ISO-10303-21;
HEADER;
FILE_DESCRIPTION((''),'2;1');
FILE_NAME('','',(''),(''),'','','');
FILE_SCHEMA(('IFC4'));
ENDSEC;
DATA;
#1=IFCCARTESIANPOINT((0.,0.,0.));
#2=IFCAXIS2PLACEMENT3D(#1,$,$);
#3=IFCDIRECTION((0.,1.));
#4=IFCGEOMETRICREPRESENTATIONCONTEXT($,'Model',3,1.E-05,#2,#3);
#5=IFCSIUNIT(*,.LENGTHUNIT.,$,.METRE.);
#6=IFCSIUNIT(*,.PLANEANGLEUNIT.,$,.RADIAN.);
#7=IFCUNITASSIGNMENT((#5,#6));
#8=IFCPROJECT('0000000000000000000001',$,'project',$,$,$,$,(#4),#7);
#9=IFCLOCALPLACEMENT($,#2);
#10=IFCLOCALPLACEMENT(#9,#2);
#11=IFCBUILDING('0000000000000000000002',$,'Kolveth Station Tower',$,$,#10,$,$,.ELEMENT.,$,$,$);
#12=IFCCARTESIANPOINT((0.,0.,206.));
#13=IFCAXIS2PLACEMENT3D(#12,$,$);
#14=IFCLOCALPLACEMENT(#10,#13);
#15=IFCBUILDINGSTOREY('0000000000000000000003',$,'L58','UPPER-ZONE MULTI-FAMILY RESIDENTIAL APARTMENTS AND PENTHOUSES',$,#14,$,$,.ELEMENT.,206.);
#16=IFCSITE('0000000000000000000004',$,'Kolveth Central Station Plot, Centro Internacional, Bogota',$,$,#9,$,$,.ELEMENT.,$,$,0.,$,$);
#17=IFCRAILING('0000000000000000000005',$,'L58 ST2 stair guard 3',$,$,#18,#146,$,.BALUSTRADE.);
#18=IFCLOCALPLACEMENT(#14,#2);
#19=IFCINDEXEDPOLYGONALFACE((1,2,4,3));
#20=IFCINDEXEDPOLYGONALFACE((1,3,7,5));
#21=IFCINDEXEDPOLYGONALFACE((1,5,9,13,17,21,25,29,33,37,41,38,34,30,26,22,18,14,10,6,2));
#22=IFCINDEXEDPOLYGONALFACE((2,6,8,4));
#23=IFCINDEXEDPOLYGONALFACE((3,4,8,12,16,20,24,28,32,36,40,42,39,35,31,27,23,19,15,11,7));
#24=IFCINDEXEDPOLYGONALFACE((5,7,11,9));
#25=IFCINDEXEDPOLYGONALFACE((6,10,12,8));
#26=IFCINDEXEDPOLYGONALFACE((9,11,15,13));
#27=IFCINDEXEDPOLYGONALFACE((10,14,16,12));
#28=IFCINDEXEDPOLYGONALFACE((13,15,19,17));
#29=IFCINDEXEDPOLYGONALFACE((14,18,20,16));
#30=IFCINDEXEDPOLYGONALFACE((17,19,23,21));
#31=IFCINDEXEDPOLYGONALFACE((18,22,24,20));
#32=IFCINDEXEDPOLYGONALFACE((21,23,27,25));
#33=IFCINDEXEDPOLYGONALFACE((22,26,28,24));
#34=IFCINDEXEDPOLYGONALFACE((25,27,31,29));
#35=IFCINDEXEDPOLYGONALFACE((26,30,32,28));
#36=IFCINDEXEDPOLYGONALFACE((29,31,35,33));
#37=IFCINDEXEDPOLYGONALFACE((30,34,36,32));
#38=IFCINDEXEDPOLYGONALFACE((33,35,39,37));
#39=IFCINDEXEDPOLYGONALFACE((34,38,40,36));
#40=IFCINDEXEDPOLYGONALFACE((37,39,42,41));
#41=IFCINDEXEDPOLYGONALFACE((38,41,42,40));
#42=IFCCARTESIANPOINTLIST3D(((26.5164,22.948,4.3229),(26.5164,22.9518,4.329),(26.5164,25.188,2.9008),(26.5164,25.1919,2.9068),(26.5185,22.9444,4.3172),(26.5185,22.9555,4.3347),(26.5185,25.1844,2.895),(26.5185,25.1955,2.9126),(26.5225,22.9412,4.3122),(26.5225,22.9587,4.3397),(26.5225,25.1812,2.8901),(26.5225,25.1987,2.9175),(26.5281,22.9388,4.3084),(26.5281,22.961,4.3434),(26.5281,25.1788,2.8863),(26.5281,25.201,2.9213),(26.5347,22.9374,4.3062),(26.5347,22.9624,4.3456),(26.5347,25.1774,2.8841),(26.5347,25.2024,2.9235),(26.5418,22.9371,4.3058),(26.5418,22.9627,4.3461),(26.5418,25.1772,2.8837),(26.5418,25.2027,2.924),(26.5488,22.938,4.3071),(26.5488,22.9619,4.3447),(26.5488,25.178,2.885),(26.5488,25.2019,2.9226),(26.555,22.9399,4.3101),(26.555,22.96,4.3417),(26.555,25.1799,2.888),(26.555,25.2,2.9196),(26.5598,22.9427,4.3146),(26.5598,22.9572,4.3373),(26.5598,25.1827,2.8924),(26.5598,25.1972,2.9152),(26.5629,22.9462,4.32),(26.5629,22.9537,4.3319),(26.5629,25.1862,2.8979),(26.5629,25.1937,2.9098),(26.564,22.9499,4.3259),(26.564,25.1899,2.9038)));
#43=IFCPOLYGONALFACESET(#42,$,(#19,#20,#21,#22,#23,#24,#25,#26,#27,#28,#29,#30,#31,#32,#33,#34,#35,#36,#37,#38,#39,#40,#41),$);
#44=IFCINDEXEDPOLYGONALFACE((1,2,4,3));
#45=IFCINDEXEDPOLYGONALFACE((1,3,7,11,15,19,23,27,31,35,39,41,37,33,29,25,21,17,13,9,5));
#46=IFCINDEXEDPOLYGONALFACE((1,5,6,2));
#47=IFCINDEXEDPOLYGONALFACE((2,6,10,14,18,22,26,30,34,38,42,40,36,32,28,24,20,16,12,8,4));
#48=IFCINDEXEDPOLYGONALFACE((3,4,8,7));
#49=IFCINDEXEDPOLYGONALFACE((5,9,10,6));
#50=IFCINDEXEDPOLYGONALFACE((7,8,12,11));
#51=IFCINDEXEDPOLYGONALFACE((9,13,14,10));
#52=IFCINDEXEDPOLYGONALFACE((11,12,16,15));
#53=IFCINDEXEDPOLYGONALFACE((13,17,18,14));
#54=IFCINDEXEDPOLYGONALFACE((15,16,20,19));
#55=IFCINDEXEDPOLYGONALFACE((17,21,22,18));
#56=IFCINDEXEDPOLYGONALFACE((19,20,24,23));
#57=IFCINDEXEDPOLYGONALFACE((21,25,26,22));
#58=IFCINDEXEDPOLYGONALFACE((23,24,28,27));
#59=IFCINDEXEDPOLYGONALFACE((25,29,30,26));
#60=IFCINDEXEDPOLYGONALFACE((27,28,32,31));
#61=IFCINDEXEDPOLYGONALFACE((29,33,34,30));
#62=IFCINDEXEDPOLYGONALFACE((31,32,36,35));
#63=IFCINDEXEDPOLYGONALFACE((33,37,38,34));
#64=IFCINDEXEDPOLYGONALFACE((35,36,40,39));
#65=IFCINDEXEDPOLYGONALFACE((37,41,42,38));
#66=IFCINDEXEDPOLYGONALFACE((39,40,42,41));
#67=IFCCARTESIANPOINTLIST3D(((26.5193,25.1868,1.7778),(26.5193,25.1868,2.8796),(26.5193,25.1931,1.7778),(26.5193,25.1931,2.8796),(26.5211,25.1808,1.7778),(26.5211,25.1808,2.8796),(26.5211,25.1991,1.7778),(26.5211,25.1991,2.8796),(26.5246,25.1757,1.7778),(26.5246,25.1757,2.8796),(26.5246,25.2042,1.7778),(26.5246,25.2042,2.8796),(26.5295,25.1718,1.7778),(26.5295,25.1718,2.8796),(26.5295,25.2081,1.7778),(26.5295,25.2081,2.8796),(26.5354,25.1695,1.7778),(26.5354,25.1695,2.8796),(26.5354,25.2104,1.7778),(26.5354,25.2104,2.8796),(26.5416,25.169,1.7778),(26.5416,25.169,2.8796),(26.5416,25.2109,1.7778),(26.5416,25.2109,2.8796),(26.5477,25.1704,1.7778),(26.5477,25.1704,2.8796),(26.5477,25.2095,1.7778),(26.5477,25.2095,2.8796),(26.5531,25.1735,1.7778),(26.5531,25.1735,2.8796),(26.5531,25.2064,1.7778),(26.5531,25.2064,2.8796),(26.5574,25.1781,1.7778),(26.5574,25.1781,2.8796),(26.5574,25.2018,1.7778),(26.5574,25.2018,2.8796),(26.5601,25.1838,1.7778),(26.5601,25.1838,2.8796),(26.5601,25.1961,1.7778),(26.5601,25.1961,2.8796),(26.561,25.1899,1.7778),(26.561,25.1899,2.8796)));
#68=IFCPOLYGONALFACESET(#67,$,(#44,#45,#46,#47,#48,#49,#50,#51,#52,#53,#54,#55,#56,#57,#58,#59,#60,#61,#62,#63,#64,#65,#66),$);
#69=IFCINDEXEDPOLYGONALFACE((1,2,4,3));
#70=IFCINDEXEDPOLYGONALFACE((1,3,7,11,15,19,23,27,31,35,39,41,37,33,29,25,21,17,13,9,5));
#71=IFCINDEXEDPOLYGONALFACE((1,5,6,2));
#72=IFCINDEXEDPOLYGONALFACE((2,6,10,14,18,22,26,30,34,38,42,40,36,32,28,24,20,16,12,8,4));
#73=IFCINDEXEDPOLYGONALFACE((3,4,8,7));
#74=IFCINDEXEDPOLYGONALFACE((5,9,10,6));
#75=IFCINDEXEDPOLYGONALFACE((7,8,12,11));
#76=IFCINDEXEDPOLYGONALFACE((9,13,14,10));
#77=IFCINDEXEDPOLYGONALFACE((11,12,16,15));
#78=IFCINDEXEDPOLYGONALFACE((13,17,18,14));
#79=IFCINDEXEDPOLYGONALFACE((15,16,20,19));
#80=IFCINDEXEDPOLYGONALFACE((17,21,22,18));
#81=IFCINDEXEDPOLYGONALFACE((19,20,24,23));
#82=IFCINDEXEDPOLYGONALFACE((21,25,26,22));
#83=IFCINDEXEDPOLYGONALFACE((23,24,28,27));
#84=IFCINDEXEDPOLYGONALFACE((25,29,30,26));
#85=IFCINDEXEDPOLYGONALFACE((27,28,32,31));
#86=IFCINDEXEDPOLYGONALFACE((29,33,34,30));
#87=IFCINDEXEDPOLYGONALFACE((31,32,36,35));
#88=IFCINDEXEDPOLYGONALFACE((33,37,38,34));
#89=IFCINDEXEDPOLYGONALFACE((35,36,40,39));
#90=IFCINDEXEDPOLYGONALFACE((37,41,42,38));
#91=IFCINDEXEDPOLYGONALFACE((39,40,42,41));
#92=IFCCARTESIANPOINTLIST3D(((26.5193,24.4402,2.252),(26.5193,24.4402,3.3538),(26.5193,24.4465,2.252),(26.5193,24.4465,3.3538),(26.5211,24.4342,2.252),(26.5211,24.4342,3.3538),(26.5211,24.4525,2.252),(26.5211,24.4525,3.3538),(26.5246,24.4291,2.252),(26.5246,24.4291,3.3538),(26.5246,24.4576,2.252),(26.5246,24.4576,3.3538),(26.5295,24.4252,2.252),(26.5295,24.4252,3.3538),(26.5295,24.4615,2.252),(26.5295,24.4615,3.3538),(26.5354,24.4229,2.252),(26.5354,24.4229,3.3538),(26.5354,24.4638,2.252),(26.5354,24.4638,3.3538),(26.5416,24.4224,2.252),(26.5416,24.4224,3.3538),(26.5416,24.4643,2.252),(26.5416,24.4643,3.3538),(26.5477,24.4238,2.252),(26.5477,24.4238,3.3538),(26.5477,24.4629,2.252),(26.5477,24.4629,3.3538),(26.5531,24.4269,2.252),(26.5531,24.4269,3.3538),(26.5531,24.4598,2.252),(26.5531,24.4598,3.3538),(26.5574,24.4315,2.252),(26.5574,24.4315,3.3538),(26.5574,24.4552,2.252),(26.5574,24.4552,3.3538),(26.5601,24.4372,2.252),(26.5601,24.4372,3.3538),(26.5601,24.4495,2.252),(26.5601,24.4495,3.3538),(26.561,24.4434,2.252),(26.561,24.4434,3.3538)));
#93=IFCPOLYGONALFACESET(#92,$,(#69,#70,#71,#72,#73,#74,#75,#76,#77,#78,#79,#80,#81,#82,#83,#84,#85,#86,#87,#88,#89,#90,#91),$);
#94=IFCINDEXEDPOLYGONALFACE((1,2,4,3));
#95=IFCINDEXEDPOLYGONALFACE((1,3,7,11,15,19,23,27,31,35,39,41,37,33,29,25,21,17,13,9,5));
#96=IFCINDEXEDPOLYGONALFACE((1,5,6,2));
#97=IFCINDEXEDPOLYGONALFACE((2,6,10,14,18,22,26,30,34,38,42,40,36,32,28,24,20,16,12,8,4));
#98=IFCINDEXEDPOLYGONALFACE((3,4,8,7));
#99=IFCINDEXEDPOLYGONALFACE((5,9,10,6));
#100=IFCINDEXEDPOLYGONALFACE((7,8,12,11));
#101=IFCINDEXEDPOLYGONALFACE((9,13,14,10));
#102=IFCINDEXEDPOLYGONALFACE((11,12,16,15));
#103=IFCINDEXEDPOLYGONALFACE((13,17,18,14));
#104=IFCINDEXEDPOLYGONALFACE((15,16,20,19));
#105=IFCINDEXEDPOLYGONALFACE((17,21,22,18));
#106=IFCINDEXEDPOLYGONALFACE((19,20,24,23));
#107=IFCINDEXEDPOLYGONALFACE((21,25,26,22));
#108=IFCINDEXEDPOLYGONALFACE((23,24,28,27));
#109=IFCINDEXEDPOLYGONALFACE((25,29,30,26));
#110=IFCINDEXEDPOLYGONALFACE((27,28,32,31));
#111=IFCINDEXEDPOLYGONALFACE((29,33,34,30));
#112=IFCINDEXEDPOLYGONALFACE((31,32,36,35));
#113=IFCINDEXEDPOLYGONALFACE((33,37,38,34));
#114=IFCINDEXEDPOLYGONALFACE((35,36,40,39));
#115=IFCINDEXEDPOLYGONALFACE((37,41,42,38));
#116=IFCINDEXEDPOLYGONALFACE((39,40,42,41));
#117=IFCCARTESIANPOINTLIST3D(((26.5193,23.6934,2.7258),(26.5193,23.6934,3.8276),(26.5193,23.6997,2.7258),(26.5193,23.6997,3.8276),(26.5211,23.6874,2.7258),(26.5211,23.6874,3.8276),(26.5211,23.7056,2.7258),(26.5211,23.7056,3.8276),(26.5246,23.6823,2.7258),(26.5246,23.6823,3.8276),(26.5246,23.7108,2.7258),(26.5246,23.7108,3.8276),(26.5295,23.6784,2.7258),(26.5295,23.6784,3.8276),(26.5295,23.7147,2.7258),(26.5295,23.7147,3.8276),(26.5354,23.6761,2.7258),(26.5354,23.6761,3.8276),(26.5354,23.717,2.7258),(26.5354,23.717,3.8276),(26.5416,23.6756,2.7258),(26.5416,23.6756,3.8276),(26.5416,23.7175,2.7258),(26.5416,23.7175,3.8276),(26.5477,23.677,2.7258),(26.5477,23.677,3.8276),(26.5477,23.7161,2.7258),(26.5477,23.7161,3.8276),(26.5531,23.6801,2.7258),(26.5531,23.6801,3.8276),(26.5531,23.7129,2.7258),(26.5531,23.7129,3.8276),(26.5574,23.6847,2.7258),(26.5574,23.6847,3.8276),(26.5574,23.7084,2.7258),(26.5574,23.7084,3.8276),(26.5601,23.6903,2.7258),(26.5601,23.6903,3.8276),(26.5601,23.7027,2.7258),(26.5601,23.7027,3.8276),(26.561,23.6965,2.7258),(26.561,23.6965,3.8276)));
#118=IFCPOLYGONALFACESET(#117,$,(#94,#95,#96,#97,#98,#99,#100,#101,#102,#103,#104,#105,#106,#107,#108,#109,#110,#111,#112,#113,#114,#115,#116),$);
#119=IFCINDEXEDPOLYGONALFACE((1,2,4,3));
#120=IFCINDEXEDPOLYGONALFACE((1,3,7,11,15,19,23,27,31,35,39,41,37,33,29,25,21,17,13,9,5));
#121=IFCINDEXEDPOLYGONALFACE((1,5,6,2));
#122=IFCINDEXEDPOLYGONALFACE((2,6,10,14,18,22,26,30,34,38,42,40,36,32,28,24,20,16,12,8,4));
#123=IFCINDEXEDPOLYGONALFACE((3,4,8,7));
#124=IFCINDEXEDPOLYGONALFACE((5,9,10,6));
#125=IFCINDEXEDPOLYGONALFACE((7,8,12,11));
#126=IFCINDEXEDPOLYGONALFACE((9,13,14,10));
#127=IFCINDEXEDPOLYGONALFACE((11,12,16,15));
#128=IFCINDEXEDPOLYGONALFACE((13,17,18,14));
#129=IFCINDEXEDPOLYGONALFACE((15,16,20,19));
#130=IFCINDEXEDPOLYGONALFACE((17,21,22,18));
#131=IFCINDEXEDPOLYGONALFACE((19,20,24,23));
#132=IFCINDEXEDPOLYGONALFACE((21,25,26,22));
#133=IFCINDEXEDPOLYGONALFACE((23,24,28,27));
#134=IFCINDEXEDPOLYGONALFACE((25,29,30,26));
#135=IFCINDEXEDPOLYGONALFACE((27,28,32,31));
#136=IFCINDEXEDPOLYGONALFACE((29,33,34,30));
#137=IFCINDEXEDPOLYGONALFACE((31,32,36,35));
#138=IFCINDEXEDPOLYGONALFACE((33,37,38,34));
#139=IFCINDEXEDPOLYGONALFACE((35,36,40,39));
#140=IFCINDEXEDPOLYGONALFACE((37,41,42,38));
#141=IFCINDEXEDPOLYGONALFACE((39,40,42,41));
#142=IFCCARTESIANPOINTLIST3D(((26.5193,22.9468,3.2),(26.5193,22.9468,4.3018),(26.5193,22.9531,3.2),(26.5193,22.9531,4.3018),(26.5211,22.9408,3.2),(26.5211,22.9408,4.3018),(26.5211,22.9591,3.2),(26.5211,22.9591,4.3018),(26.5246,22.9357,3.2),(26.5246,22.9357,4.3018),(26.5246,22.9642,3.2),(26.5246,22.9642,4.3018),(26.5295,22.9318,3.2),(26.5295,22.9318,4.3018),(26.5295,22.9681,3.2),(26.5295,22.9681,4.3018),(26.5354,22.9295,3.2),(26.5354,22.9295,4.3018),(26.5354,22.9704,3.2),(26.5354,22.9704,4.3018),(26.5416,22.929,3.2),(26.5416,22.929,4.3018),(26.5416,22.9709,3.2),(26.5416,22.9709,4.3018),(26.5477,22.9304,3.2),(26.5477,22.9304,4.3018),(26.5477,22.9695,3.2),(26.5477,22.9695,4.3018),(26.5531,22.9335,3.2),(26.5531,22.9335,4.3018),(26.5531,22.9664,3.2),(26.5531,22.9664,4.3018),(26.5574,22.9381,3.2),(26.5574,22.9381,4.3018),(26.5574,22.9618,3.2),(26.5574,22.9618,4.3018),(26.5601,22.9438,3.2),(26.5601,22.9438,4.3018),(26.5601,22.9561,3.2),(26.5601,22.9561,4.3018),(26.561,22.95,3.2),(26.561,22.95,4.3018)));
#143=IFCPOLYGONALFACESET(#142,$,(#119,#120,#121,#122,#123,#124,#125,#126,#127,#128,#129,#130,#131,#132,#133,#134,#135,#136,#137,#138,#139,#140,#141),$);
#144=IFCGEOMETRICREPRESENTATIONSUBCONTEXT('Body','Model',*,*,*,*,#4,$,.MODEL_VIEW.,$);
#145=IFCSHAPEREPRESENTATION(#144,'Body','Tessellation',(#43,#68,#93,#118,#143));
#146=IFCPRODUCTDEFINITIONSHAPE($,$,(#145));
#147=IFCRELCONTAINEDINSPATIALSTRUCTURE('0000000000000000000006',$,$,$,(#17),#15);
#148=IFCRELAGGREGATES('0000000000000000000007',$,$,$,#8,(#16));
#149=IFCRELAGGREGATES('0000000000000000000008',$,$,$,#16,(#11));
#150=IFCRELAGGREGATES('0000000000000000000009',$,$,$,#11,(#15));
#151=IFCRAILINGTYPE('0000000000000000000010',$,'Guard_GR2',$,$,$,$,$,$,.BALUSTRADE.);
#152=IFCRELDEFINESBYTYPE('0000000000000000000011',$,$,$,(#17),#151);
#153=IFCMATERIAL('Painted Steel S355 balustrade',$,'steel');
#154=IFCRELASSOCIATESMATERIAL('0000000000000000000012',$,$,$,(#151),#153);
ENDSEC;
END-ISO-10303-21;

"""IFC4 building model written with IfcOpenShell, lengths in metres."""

from ifc_helpers import new_model, si_unit, direction, frame, origin, origin_2d, place, context, subcontext, project, spatial, circle, extrude, material, type_object, element, save


model = new_model("IFC4")

# Units and contexts
model_context = context("Model", 3, precision=1e-05, world=origin(), true_north=direction((0.0, 1.0)))
body_context = subcontext(model_context, "Body", "Model", "MODEL_VIEW")
ifc_project = project(units=[si_unit("LENGTHUNIT", "METRE"), si_unit("PLANEANGLEUNIT", "RADIAN")], contexts=[model_context])

# Site, building, storey
site_placement = place(None, origin())
site = spatial("IfcSite", under=ifc_project, at=site_placement, Name="Kolveth Central Station Plot, Centro Internacional, Bogota", CompositionType="ELEMENT", RefElevation=0.0)
building_placement = place(site_placement, origin())
building = spatial("IfcBuilding", under=site, at=building_placement, Name="Kolveth Station Tower", CompositionType="ELEMENT")
storey_placement = place(building_placement, frame((0.0, 0.0, 206.0)))
storey = spatial("IfcBuildingStorey", under=building, at=storey_placement, Name="L58", Description="UPPER-ZONE MULTI-FAMILY RESIDENTIAL APARTMENTS AND PENTHOUSES", CompositionType="ELEMENT", Elevation=206.0)

# Railing
ifc_material_1 = material(Name="Painted Steel S355 balustrade", Category="steel")
railing_type_1 = type_object("IfcRailingType", Name="Guard_GR2", PredefinedType="BALUSTRADE", material=ifc_material_1)
railing_1_placement = place(storey_placement, frame((26.54, 25.1899, 1.7778)))
element("IfcRailing", 1, at=railing_1_placement, inside=storey, type_object=railing_type_1, Name="L58 ST2 stair guard 3", PredefinedType="BALUSTRADE", context=body_context, shape_type="SweptSolid", body=[
    extrude(circle(Radius=0.0239, at=origin_2d()), frame((0.0, 0.0, 1.126), z_axis=(0.0, -0.844229, 0.535982), x_axis=(1.0, 0.0, 0.0)), (0.0, 0.0, 1.0), 2.6533),
    extrude(circle(Radius=0.021, at=origin_2d()), origin(), (0.0, 0.0, 1.0), 1.1018),
    extrude(circle(Radius=0.021, at=origin_2d()), frame((0.0, -0.7466, 0.4741)), (0.0, 0.0, 1.0), 1.1018),
    extrude(circle(Radius=0.021, at=origin_2d()), frame((0.0, -1.4934, 0.948)), (0.0, 0.0, 1.0), 1.1018),
    extrude(circle(Radius=0.021, at=origin_2d()), frame((0.0, -2.24, 1.4221)), (0.0, 0.0, 1.0), 1.1018),
])

save(model, "model.ifc")
